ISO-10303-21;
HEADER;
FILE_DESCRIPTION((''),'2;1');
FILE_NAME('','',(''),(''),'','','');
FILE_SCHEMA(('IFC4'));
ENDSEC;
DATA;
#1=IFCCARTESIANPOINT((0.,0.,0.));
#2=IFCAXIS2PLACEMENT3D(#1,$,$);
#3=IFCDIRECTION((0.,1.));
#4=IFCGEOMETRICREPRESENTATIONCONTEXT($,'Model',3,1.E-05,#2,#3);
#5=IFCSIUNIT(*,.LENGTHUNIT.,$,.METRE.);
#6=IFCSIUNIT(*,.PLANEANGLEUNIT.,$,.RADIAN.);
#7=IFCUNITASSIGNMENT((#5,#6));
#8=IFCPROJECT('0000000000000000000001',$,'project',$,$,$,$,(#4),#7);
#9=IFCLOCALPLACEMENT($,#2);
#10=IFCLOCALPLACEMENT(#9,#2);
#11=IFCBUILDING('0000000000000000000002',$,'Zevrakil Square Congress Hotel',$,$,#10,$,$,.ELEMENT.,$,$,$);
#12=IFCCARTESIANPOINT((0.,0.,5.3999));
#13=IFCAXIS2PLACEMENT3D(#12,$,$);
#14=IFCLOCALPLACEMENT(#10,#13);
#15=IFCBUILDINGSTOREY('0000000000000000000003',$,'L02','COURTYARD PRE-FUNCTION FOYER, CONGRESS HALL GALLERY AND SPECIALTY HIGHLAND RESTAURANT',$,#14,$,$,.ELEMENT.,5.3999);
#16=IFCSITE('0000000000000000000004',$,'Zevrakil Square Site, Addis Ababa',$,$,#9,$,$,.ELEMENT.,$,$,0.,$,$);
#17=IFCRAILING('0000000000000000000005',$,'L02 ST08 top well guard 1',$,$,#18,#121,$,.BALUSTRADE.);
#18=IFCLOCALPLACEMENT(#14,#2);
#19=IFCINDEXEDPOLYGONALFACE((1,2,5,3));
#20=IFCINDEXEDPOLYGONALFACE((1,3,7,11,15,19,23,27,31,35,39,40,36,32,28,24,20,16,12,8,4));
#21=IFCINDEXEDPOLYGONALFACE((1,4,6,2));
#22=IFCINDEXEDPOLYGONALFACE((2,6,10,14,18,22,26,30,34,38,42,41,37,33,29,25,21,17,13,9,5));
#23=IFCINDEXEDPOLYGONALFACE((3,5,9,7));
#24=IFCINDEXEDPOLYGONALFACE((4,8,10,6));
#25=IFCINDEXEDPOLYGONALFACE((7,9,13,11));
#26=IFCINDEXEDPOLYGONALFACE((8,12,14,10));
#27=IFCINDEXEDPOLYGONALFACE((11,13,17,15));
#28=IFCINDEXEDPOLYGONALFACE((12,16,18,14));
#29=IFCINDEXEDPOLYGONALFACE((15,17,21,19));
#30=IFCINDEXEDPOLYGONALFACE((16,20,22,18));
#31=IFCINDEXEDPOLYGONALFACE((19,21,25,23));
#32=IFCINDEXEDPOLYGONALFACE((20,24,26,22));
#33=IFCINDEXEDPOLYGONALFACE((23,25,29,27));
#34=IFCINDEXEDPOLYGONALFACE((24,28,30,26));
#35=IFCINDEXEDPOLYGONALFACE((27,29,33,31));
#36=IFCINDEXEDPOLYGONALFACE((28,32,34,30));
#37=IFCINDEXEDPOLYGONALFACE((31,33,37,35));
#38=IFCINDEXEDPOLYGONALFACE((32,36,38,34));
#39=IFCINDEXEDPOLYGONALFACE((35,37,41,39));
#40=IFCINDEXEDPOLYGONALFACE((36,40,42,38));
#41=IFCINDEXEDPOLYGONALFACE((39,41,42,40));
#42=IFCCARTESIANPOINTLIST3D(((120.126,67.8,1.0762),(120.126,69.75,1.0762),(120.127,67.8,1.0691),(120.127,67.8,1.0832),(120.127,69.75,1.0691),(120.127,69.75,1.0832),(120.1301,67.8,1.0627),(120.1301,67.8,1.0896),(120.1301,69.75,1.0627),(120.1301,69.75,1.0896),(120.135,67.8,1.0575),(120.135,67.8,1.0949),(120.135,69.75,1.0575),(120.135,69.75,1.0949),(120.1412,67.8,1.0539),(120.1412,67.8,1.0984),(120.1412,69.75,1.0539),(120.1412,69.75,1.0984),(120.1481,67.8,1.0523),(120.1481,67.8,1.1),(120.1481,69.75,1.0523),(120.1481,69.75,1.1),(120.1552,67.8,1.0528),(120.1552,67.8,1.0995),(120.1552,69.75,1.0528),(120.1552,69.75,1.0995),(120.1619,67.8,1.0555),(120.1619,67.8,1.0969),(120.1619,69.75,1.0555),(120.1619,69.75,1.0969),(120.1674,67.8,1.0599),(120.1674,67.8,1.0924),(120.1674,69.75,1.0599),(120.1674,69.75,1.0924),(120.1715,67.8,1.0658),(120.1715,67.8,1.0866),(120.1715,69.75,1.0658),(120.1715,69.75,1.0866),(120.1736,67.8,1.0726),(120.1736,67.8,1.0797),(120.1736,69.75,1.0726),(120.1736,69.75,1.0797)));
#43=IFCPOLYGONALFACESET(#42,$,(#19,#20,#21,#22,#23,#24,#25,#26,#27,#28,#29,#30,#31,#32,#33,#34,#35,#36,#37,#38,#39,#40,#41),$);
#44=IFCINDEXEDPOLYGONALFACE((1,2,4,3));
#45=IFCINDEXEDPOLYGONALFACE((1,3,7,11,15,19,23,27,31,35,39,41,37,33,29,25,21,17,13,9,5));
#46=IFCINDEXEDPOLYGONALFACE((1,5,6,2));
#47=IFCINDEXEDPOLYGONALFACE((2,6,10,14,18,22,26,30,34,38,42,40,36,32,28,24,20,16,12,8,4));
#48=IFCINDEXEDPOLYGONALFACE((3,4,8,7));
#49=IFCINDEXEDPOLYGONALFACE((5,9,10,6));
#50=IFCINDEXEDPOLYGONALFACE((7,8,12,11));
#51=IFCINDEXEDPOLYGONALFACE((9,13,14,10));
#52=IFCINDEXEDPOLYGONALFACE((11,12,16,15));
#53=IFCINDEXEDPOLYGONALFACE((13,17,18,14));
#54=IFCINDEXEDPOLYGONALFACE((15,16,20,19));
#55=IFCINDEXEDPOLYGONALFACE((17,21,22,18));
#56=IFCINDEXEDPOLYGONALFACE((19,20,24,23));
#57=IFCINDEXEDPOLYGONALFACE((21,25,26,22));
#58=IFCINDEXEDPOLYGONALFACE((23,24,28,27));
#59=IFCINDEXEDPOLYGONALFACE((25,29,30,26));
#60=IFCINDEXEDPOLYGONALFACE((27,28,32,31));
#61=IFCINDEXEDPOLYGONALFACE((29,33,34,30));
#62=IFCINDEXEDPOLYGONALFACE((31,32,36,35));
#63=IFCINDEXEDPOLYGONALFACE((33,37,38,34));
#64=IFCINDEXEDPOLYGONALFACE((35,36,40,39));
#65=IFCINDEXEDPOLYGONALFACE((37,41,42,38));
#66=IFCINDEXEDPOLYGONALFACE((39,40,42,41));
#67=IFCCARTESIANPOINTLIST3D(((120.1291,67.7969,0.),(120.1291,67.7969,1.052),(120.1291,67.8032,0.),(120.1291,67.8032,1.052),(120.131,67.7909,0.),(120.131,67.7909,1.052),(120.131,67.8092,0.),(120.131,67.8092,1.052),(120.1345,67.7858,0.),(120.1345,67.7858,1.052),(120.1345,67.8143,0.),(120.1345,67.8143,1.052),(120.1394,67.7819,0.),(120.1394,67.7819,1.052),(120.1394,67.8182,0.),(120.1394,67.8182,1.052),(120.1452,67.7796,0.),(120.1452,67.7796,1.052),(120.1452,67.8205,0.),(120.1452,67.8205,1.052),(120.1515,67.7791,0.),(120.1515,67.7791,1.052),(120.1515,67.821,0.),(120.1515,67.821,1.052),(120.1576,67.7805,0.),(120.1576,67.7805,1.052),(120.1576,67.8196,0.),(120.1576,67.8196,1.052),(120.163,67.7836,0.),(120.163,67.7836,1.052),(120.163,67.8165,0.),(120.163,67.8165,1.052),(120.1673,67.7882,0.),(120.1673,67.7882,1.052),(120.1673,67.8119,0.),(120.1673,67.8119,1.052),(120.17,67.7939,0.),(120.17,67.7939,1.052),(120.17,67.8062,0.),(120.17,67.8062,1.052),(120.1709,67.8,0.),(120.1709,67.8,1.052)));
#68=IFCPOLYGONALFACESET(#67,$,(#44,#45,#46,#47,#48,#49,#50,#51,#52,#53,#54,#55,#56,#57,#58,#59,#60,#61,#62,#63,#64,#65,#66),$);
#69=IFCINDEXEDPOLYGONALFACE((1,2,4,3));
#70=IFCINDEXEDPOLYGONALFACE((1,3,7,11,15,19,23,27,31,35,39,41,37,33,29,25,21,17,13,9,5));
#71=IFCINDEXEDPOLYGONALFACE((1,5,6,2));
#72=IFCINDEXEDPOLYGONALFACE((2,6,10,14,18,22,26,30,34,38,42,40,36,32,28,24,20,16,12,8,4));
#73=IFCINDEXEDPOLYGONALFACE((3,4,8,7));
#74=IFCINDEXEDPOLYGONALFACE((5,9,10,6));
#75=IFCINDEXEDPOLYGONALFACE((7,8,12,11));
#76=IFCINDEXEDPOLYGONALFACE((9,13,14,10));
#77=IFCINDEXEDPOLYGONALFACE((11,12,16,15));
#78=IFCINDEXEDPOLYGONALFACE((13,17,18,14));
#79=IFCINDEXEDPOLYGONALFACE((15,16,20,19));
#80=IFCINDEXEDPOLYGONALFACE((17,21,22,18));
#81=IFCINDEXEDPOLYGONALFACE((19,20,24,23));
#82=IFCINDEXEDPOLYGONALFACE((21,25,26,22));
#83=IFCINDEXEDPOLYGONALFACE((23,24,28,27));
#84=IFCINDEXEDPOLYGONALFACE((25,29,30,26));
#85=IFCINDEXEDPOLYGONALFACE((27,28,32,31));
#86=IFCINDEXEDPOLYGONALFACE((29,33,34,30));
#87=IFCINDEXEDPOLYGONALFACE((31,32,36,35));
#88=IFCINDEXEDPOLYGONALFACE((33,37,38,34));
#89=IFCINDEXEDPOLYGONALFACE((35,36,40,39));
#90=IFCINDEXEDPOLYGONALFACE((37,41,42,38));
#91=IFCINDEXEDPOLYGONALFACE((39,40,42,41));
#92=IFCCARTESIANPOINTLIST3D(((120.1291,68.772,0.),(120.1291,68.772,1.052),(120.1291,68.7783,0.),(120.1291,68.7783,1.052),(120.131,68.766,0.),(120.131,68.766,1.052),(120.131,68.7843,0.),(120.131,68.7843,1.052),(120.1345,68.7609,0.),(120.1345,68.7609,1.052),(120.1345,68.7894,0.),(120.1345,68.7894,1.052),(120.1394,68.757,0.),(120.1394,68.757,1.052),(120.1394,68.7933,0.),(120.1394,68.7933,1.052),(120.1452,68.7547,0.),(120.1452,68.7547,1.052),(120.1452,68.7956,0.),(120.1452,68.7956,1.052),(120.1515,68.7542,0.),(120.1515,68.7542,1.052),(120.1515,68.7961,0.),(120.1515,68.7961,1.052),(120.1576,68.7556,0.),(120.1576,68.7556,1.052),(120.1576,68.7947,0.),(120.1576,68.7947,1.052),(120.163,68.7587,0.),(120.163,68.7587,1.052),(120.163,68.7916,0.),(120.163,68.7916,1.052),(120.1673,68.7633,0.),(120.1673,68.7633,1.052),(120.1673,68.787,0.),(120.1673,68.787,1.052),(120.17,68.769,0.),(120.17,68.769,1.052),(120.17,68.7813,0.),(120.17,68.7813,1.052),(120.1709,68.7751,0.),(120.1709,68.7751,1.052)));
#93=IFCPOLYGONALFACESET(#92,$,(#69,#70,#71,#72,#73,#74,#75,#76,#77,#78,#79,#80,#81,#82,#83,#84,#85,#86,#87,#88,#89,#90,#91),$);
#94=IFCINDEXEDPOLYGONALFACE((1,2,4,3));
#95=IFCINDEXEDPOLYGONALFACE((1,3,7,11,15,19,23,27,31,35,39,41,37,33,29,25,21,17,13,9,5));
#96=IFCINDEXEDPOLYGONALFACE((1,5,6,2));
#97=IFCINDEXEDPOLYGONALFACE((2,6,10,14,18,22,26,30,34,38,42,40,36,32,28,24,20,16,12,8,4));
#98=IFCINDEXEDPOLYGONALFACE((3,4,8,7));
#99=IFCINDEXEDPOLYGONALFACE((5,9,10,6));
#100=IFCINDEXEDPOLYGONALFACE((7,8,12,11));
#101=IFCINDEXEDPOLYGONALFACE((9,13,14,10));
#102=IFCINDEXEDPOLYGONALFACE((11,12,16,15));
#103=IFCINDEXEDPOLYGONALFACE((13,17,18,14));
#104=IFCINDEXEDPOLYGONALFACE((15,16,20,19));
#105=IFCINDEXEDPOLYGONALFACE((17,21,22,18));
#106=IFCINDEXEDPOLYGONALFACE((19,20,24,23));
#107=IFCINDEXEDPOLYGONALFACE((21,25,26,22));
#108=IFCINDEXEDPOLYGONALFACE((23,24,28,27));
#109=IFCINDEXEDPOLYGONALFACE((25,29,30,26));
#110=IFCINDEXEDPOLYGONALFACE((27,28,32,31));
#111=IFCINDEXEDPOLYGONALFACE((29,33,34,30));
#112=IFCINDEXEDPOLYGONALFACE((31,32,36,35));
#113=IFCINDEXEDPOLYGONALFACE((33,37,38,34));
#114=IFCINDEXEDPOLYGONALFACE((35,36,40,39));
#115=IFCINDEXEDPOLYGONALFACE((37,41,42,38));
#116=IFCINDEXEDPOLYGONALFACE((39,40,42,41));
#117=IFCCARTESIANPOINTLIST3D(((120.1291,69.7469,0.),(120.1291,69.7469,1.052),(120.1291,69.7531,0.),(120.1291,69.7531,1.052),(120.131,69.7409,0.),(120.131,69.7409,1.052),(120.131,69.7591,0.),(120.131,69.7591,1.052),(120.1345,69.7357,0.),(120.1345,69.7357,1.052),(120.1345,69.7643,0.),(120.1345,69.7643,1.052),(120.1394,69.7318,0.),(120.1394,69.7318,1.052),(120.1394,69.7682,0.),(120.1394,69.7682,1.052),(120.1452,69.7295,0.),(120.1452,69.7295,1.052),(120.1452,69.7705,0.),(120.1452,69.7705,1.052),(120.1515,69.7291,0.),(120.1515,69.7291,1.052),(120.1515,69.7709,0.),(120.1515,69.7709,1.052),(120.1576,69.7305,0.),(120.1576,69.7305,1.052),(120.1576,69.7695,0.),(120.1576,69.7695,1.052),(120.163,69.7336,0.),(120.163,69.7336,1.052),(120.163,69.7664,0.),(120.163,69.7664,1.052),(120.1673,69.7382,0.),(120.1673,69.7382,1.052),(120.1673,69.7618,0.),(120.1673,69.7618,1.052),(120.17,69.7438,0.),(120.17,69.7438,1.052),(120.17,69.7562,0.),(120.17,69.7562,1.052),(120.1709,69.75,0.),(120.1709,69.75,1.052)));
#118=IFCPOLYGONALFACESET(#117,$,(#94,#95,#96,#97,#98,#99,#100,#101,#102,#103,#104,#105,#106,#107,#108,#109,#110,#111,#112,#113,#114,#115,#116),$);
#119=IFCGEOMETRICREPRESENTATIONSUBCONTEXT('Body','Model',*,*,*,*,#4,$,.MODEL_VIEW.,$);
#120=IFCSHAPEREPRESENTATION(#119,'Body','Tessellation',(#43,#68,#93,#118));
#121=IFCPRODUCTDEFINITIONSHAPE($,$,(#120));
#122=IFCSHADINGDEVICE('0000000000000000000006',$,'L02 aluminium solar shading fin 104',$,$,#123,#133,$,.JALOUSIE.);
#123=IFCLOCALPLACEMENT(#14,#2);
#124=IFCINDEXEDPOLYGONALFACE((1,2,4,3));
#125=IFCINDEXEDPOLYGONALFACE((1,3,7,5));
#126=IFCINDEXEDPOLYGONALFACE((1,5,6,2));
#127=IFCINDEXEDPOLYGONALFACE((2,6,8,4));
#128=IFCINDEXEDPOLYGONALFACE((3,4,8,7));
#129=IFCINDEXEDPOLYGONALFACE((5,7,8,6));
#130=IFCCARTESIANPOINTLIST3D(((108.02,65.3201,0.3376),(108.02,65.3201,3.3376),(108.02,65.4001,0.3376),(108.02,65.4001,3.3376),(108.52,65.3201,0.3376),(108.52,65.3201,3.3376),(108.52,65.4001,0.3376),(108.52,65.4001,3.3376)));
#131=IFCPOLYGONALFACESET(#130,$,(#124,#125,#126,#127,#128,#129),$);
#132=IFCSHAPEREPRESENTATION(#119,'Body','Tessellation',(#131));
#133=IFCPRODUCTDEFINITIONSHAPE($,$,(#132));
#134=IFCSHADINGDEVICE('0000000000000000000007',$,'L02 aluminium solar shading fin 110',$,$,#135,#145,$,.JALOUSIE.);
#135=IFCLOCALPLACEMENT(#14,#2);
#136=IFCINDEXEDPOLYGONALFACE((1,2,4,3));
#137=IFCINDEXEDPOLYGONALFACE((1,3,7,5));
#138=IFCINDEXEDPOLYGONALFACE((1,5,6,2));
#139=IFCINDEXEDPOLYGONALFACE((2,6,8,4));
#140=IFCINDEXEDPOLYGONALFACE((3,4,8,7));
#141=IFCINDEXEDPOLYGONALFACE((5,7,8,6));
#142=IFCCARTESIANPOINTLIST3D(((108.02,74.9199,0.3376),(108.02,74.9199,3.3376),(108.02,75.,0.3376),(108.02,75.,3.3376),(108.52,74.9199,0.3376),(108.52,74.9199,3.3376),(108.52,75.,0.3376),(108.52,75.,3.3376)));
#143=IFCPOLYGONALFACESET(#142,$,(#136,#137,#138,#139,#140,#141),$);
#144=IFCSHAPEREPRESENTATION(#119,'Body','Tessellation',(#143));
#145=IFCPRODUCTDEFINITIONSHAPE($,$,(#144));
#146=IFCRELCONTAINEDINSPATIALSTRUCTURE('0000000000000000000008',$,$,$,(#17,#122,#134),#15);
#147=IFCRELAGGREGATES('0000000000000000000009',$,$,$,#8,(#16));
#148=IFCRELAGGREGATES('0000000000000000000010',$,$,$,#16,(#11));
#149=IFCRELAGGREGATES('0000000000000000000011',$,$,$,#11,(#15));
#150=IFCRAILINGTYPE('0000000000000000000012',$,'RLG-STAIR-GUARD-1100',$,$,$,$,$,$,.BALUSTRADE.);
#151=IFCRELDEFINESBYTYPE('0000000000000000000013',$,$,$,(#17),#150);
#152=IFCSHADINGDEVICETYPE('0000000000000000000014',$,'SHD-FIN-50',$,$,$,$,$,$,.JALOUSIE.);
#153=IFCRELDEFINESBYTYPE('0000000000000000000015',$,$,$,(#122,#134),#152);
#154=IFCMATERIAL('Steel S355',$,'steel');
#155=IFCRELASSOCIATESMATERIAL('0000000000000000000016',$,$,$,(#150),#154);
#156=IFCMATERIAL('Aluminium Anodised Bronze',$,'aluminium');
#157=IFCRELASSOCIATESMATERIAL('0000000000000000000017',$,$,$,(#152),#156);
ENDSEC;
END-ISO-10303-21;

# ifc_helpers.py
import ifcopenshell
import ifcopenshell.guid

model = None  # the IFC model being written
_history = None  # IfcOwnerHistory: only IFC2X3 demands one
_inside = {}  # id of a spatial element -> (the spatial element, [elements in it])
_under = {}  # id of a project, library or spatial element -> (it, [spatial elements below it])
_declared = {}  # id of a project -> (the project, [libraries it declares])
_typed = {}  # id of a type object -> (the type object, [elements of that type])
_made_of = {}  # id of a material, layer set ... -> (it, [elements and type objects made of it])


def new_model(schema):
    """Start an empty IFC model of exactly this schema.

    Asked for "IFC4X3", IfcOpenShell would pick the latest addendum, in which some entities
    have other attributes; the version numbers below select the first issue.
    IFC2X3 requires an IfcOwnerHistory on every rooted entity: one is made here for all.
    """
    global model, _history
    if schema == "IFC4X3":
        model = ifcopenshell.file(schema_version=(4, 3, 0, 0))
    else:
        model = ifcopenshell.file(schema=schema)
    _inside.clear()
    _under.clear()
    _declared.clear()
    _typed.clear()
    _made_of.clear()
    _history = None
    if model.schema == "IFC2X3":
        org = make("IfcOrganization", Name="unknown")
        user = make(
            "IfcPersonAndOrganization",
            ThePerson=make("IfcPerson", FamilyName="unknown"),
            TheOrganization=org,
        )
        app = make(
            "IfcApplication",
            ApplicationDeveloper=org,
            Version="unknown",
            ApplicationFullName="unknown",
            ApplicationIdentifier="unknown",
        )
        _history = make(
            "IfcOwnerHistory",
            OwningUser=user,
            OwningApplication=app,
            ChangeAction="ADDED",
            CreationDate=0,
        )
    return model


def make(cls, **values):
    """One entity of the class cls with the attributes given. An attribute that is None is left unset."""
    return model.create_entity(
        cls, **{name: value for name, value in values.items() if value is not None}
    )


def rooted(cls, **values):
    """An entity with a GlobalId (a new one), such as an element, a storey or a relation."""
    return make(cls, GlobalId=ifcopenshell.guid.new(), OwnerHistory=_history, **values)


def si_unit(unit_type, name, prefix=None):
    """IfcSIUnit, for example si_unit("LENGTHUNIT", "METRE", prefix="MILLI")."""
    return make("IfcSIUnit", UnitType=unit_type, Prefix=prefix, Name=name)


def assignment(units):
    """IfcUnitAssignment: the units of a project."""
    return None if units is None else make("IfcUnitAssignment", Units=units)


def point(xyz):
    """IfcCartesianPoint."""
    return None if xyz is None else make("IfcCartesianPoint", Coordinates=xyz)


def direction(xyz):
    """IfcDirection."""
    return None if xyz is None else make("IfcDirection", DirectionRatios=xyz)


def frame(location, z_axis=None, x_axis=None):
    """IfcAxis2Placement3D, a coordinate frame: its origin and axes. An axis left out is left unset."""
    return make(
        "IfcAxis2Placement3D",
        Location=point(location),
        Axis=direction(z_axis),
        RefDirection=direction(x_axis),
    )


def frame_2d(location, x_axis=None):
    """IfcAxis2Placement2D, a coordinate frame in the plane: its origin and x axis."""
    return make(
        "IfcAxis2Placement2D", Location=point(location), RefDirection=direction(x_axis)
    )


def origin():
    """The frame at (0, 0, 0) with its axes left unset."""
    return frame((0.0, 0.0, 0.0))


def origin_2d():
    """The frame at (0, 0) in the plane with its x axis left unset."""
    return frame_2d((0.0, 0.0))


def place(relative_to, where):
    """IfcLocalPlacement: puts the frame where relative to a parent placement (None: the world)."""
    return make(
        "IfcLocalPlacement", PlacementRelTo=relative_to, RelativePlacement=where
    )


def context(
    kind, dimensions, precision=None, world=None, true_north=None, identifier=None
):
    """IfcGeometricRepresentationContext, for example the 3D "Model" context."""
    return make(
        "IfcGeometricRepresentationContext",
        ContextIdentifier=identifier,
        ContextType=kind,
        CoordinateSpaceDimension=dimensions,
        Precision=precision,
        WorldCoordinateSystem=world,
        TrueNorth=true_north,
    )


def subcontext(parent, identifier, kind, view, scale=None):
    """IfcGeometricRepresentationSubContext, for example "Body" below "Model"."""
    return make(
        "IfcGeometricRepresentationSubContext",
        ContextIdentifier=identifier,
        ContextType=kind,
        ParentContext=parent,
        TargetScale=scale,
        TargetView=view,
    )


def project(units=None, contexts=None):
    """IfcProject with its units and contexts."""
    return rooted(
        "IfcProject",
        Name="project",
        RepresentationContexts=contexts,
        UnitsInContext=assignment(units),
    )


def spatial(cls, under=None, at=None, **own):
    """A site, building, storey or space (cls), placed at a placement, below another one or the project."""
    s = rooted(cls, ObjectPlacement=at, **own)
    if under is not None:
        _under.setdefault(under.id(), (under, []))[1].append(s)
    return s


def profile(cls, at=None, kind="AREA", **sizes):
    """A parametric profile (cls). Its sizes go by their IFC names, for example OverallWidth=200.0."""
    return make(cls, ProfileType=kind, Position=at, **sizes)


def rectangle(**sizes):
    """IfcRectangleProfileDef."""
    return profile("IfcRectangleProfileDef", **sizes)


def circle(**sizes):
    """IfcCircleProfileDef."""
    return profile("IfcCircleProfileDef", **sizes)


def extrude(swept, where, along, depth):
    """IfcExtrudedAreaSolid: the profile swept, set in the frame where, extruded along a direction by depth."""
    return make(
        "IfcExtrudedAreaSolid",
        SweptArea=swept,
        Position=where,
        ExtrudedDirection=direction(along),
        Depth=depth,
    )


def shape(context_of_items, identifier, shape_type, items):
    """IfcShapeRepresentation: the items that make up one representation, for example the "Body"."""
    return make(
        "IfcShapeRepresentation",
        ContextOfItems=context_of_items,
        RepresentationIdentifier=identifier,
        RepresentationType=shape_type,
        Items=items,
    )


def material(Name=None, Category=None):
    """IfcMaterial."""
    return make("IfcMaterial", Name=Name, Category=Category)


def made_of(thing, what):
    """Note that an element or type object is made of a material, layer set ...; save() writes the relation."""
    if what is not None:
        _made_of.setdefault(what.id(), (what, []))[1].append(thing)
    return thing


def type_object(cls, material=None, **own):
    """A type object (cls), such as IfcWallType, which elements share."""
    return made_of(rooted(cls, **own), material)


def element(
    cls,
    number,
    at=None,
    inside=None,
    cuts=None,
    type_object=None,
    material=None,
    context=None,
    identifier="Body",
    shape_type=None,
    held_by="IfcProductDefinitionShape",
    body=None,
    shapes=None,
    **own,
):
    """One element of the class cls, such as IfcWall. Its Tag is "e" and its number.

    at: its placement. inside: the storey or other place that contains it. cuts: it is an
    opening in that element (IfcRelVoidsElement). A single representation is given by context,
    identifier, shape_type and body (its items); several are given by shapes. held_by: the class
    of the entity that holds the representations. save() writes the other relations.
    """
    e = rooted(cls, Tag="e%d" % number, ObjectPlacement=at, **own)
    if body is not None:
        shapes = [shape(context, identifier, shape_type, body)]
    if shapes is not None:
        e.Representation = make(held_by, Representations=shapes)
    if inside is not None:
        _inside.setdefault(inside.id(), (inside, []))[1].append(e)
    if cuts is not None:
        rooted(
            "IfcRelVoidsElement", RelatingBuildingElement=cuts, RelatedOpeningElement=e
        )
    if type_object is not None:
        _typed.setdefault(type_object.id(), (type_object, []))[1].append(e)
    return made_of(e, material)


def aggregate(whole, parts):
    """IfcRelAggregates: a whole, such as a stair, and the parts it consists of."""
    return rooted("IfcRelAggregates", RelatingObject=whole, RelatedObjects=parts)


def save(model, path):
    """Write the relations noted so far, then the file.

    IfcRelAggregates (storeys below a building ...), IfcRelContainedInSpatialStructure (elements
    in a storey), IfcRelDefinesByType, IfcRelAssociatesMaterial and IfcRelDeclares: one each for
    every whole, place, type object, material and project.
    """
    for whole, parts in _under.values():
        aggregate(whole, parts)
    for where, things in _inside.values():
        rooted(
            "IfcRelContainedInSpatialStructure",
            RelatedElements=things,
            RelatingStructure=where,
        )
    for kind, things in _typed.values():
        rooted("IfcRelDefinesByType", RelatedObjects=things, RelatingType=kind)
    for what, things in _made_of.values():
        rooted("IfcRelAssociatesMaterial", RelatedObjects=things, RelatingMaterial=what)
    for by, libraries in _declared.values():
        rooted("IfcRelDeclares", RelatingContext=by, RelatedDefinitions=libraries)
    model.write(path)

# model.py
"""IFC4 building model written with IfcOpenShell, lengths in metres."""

from ifc_helpers import new_model, si_unit, direction, frame, origin, origin_2d, place, context, subcontext, project, spatial, rectangle, circle, extrude, material, type_object, element, save


model = new_model("IFC4")

# Units and contexts
model_context = context("Model", 3, precision=1e-05, world=origin(), true_north=direction((0.0, 1.0)))
body_context = subcontext(model_context, "Body", "Model", "MODEL_VIEW")
ifc_project = project(units=[si_unit("LENGTHUNIT", "METRE"), si_unit("PLANEANGLEUNIT", "RADIAN")], contexts=[model_context])

# Site, building, storey
site_placement = place(None, origin())
site = spatial("IfcSite", under=ifc_project, at=site_placement, Name="Zevrakil Square Site, Addis Ababa", CompositionType="ELEMENT", RefElevation=0.0)
building_placement = place(site_placement, origin())
building = spatial("IfcBuilding", under=site, at=building_placement, Name="Zevrakil Square Congress Hotel", CompositionType="ELEMENT")
storey_placement = place(building_placement, frame((0.0, 0.0, 5.3999)))
storey = spatial("IfcBuildingStorey", under=building, at=storey_placement, Name="L02", Description="COURTYARD PRE-FUNCTION FOYER, CONGRESS HALL GALLERY AND SPECIALTY HIGHLAND RESTAURANT", CompositionType="ELEMENT", Elevation=5.3999)

# Railing
ifc_material_1 = material(Name="Steel S355", Category="steel")
railing_type = type_object("IfcRailingType", Name="RLG-STAIR-GUARD-1100", PredefinedType="BALUSTRADE", material=ifc_material_1)
railing_placement = place(storey_placement, frame((120.1499, 67.8, 0.0)))
element("IfcRailing", 1, at=railing_placement, inside=storey, type_object=railing_type, Name="L02 ST08 top well guard 1", PredefinedType="BALUSTRADE", context=body_context, shape_type="SweptSolid", body=[
    extrude(circle(Radius=0.0239, at=origin_2d()), frame((0.0, 0.0, 1.0762), z_axis=(0.0, 1.0, 0.0), x_axis=(-1.0, 0.0, 0.0)), (0.0, 0.0, 1.0), 1.95),
    extrude(circle(Radius=0.021, at=origin_2d()), origin(), (0.0, 0.0, 1.0), 1.052),
    extrude(circle(Radius=0.021, at=origin_2d()), frame((0.0, 0.9751, 0.0)), (0.0, 0.0, 1.0), 1.052),
    extrude(circle(Radius=0.021, at=origin_2d()), frame((0.0, 1.95, 0.0)), (0.0, 0.0, 1.0), 1.052),
])

# Shading devices
ifc_material_2 = material(Name="Aluminium Anodised Bronze", Category="aluminium")
shading_device_type = type_object("IfcShadingDeviceType", Name="SHD-FIN-50", PredefinedType="JALOUSIE", material=ifc_material_2)
for number, where, z_axis, x_axis, name in (
    (2, (108.27, 65.3601, 0.3376), (0.0, 0.0, 1.0), (1.0, 0.0, 0.0), "L02 aluminium solar shading fin 104"),
    (3, (108.27, 74.96, 0.3376), (0.0, 0.0, 1.0), (1.0, 0.0, 0.0), "L02 aluminium solar shading fin 110"),
):
    element("IfcShadingDevice", number, at=place(storey_placement, frame(where, z_axis=z_axis, x_axis=x_axis)), inside=storey, type_object=shading_device_type, Name=name, PredefinedType="JALOUSIE", context=body_context, shape_type="SweptSolid", body=[
        extrude(rectangle(XDim=0.5, YDim=0.0801, at=origin_2d()), origin(), (0.0, 0.0, 1.0), 3.0),
    ])

save(model, "model.ifc")
